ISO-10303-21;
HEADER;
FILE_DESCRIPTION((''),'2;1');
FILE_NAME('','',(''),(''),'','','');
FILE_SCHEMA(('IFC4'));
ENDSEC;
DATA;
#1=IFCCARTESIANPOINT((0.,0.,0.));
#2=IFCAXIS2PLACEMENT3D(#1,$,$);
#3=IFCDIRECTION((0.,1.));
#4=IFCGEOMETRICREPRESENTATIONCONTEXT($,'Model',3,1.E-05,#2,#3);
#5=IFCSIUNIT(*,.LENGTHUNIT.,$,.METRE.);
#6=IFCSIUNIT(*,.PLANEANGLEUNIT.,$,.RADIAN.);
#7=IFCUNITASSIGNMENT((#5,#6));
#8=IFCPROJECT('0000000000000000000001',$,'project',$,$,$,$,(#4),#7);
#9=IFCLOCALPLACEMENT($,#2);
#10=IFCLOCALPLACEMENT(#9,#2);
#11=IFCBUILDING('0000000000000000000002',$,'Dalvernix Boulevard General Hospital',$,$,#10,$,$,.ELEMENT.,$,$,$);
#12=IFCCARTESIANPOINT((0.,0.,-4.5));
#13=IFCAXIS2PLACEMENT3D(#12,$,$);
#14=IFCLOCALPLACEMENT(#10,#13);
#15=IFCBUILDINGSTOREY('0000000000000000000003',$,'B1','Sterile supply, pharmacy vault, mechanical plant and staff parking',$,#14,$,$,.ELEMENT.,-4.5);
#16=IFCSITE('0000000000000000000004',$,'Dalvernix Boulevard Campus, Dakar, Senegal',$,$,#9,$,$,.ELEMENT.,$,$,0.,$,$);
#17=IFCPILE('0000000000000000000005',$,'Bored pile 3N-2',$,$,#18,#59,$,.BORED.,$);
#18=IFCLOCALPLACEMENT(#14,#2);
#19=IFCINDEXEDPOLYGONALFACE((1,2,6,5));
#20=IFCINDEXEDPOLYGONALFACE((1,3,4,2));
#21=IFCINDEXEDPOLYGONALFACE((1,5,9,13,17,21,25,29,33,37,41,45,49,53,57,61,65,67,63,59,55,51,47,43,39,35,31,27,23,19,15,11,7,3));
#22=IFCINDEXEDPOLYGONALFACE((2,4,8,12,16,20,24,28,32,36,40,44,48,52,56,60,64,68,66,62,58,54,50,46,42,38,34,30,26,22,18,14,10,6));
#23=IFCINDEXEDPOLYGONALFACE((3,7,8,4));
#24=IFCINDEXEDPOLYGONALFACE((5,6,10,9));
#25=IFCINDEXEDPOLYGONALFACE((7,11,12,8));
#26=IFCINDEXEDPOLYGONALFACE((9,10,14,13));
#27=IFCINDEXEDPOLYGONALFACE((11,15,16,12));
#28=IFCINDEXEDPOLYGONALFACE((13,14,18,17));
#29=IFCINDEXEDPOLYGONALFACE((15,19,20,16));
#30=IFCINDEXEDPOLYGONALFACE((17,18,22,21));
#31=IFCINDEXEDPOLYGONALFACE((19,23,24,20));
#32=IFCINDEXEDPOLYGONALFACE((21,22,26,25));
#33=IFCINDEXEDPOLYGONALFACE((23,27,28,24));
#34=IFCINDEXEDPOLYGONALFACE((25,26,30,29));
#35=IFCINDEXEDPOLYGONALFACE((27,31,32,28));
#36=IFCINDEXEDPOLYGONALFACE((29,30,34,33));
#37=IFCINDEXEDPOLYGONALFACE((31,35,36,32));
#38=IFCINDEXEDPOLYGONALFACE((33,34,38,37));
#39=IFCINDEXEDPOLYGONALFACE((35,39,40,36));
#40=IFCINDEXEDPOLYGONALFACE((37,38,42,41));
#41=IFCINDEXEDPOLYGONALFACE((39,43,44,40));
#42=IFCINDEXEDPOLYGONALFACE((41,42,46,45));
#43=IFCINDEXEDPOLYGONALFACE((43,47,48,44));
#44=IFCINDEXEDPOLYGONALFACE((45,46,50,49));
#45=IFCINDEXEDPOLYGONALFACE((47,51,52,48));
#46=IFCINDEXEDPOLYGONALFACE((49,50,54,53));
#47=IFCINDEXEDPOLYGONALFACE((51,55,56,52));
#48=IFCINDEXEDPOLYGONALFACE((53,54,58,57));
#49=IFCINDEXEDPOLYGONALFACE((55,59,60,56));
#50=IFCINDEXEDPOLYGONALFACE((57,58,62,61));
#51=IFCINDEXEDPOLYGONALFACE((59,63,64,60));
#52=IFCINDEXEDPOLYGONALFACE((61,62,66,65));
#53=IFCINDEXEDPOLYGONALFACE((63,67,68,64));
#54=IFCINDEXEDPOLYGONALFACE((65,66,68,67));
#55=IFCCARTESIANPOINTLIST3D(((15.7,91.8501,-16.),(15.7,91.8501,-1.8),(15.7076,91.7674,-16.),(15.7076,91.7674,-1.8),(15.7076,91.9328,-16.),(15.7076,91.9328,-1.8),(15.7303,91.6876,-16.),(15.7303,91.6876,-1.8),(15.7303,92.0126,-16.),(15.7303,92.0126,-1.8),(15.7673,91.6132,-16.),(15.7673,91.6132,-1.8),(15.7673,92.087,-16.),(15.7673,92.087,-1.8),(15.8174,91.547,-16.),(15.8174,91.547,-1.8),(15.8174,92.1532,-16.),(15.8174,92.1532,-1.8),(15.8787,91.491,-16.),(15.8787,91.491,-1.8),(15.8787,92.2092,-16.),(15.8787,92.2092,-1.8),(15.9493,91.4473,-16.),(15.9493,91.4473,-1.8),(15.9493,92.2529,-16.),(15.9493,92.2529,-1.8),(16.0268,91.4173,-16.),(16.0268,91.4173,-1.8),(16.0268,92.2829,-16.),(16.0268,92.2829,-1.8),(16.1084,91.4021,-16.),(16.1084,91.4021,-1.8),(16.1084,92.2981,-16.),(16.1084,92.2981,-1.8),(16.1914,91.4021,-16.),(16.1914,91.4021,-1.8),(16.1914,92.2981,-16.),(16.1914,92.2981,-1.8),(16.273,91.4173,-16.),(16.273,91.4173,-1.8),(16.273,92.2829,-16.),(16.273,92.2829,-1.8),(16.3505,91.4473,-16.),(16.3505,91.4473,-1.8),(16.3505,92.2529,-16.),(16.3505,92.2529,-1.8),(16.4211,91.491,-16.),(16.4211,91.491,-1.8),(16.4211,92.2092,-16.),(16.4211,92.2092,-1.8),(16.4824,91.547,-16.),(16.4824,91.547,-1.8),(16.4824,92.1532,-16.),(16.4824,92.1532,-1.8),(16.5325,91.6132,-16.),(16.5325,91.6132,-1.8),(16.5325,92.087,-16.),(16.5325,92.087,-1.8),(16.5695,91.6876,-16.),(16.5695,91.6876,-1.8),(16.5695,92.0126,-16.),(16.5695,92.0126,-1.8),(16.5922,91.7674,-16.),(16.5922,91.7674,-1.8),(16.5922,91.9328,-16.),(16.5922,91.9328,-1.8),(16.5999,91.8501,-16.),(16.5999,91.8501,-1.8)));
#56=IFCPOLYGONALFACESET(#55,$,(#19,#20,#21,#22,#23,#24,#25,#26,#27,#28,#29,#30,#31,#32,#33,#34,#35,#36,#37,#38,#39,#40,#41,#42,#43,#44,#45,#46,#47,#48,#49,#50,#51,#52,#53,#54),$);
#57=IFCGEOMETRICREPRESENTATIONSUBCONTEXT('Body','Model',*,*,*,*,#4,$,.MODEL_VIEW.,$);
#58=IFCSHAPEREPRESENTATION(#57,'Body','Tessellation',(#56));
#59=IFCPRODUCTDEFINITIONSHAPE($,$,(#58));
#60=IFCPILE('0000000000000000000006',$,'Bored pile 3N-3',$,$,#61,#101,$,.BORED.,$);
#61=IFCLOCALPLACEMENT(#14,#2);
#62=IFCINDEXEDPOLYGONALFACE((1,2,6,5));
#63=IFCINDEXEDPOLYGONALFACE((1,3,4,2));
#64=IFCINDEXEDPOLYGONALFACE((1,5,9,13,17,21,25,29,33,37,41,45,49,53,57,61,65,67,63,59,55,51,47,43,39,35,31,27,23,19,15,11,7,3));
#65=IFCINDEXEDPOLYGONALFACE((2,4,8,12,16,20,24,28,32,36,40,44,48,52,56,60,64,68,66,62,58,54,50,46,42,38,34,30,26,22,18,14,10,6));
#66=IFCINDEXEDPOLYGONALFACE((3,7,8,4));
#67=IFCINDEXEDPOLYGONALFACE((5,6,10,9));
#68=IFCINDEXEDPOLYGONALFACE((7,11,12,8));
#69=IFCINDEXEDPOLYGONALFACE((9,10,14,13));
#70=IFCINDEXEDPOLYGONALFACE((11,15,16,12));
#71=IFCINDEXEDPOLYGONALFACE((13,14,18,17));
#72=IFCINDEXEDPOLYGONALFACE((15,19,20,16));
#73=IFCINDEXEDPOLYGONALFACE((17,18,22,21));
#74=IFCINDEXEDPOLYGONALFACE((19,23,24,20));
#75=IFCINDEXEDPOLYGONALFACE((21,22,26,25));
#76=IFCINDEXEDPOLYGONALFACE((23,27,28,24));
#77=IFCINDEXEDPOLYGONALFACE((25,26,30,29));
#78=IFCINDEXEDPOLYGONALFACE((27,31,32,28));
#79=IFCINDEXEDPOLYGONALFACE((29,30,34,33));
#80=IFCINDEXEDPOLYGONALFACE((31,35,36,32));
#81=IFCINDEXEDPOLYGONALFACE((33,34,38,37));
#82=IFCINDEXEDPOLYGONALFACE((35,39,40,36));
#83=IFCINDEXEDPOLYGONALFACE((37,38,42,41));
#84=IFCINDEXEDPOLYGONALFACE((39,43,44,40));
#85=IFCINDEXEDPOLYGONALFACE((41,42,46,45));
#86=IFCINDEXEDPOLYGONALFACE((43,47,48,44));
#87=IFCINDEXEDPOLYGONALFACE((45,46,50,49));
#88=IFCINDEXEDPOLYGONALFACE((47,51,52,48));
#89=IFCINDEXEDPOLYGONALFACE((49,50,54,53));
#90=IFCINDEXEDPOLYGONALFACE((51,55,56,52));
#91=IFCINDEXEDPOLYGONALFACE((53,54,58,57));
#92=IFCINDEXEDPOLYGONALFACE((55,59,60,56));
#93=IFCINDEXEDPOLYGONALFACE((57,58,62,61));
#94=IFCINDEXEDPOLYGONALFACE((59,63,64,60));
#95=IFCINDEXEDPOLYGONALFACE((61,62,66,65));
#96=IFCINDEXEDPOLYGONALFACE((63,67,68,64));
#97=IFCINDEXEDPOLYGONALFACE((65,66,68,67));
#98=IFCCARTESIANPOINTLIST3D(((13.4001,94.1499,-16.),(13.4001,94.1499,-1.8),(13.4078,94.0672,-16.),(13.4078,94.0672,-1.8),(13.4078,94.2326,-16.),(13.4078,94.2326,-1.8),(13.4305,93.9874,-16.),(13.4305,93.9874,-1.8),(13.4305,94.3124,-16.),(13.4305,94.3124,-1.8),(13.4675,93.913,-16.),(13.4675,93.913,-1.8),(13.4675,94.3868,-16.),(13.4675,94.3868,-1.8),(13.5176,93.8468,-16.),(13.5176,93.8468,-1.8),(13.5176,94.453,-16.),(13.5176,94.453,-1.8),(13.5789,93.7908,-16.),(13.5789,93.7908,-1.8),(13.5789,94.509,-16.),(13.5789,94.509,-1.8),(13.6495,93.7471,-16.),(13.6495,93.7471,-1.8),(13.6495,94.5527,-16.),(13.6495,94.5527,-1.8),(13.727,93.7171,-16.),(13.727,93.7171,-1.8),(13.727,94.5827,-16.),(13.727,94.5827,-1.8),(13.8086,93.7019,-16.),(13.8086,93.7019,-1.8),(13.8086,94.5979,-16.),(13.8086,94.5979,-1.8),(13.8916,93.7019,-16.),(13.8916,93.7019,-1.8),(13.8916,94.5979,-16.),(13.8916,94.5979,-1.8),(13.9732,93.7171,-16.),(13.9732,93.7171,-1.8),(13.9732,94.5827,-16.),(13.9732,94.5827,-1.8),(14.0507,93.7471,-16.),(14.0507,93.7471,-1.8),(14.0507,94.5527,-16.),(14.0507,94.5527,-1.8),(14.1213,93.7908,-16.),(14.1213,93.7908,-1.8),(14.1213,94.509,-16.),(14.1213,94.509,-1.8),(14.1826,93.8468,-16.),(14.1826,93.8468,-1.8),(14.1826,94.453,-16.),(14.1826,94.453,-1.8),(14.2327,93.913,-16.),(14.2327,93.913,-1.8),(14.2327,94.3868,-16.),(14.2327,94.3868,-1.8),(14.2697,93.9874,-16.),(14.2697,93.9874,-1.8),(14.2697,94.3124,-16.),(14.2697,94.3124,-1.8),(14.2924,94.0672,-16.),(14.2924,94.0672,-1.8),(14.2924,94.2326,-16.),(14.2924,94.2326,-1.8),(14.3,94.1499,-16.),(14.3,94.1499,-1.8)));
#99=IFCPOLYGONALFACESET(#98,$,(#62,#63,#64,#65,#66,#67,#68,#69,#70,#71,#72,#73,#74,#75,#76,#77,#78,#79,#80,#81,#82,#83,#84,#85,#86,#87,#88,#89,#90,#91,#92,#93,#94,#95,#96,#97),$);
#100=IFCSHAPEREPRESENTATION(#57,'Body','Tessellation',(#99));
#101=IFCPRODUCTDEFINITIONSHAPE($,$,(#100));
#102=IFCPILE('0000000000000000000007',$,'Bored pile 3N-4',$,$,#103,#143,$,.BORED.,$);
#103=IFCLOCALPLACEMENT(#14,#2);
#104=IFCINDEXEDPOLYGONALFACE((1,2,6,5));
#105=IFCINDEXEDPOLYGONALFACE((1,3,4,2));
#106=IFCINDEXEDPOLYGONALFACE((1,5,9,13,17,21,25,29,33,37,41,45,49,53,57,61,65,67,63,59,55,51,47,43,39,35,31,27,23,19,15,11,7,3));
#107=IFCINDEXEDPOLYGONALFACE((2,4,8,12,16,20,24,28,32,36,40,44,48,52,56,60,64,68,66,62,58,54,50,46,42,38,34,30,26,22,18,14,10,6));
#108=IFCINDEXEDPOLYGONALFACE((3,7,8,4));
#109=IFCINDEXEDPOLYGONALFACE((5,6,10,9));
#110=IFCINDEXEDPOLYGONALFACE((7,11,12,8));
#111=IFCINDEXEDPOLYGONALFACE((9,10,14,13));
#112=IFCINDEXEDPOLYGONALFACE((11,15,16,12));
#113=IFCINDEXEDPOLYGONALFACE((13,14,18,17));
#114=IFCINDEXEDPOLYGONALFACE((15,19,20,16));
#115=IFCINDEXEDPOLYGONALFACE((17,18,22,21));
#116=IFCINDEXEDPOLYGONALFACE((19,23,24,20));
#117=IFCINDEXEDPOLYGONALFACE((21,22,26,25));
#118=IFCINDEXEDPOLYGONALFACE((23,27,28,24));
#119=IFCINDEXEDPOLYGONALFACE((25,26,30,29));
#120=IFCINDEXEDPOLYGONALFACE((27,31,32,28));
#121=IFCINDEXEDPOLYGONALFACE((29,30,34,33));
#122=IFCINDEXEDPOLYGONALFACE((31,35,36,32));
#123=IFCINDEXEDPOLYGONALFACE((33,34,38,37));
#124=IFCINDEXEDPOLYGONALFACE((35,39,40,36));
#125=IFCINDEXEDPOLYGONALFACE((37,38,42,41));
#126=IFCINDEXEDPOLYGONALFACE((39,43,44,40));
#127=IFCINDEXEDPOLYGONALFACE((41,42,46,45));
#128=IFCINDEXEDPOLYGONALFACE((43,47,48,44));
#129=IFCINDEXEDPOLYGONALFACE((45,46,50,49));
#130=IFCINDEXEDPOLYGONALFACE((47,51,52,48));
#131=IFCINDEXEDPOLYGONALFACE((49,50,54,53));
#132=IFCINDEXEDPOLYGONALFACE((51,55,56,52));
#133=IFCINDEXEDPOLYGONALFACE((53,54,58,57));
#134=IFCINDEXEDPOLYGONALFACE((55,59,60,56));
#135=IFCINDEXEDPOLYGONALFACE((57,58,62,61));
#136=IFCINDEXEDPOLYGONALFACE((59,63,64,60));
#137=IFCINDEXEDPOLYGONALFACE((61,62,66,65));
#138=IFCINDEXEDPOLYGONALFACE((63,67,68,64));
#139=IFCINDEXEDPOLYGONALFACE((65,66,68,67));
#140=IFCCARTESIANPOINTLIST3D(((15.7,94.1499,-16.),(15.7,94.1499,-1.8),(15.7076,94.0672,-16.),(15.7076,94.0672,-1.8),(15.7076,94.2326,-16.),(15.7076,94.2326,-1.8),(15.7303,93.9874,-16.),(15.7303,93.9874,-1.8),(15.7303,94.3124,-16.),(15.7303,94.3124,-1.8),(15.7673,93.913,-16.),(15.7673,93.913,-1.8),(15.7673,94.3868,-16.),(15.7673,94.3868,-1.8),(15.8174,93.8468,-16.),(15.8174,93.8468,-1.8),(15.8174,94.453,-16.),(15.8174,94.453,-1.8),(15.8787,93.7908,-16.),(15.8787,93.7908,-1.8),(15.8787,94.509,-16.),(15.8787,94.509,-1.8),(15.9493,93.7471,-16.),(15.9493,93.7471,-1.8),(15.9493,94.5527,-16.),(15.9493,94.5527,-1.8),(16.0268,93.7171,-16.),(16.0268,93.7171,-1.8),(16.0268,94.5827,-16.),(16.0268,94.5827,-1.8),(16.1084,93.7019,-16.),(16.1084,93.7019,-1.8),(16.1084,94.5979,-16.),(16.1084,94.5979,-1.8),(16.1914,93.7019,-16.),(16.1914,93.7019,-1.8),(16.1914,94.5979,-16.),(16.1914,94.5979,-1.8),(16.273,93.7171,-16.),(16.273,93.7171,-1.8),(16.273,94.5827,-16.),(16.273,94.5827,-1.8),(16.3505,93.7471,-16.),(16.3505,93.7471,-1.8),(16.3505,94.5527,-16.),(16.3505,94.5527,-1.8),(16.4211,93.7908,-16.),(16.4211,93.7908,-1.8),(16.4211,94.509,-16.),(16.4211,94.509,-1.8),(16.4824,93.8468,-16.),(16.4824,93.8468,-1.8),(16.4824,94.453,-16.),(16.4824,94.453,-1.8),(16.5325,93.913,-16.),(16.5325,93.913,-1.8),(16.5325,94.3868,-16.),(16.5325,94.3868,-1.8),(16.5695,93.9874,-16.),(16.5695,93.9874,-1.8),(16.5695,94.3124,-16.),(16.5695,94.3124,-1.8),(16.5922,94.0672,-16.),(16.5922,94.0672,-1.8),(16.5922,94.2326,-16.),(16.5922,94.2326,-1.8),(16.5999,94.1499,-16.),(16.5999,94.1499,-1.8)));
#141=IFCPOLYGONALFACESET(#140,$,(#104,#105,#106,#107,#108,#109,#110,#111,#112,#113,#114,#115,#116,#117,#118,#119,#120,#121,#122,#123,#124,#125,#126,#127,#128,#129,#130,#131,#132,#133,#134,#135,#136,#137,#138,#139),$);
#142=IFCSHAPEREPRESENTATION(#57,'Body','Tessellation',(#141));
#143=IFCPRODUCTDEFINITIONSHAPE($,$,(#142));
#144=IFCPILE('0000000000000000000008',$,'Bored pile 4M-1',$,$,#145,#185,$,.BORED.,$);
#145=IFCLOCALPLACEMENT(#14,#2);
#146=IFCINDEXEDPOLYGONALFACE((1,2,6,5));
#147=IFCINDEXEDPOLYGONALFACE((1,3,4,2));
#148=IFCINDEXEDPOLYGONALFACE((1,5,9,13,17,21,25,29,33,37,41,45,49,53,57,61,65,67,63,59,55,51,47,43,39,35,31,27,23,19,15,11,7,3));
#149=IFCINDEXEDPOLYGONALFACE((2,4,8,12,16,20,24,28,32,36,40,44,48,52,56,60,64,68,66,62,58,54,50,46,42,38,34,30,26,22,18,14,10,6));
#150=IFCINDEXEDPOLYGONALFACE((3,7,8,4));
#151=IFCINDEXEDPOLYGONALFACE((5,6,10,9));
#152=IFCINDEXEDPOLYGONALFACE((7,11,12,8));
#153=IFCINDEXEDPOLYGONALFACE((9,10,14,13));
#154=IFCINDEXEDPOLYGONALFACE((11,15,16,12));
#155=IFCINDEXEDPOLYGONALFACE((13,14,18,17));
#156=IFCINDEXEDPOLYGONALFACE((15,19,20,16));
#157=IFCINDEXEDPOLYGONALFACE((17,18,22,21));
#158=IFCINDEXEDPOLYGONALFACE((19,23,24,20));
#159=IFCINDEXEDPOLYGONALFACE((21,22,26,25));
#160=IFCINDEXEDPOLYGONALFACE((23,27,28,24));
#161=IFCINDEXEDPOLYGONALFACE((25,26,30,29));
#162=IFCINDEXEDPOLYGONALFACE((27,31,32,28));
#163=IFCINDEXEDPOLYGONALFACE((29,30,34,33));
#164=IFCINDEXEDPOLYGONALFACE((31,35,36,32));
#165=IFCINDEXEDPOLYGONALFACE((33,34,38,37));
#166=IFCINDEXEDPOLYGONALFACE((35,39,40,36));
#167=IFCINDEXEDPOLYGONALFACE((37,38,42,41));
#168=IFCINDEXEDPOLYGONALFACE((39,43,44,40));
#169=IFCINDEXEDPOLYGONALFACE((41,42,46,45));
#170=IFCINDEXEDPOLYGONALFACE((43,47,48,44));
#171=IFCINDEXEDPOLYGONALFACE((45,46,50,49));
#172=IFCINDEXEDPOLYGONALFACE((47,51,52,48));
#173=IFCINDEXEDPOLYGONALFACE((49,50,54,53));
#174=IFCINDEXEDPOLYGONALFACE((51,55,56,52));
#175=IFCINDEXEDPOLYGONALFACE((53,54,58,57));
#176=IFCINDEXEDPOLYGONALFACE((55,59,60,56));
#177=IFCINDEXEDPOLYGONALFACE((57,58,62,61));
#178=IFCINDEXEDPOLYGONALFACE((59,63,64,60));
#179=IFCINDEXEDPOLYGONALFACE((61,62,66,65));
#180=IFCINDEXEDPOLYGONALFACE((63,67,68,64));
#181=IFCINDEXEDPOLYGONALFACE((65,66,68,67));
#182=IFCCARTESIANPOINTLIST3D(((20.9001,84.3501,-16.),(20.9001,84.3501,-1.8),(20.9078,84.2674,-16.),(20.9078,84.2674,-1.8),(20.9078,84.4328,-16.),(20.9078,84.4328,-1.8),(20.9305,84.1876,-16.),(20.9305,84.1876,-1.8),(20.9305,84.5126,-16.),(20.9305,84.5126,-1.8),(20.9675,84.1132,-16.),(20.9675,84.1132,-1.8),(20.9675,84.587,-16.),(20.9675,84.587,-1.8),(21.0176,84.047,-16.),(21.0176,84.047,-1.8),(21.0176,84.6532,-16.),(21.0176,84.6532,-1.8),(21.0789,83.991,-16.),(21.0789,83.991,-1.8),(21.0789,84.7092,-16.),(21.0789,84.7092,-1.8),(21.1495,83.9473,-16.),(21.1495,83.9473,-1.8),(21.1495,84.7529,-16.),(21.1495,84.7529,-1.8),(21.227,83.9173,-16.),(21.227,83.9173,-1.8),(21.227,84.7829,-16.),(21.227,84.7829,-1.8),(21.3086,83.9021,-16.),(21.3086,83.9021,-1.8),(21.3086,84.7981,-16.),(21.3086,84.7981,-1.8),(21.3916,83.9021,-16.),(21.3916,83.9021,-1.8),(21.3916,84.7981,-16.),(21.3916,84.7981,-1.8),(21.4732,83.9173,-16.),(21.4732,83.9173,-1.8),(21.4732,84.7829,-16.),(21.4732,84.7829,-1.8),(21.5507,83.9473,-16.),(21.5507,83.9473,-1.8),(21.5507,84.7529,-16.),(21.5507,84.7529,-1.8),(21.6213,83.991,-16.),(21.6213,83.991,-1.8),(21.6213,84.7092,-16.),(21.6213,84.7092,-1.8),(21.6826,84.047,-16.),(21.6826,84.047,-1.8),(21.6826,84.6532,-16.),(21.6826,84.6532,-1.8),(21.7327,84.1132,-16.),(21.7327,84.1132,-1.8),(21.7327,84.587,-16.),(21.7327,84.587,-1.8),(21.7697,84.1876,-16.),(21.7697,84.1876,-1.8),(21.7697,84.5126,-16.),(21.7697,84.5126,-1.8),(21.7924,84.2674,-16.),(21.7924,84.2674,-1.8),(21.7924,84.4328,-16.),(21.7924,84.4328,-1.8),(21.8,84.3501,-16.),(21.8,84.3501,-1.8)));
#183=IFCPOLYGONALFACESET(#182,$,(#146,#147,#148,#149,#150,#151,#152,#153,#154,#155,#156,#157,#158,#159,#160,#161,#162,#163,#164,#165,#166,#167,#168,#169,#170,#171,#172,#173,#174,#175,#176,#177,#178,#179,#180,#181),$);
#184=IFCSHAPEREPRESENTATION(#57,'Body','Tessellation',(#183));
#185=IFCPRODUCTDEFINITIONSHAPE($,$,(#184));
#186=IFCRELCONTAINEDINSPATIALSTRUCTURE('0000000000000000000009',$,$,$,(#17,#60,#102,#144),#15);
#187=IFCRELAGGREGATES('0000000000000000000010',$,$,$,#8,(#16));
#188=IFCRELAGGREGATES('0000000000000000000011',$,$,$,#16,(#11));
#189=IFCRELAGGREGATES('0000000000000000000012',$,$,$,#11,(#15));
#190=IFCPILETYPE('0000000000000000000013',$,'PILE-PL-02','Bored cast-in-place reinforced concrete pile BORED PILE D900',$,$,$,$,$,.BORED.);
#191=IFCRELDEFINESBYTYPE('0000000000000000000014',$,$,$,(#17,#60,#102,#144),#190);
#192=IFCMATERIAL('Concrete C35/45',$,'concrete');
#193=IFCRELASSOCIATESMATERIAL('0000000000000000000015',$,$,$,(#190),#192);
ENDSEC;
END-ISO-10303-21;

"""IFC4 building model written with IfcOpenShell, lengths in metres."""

from ifc_helpers import new_model, si_unit, direction, frame, origin, origin_2d, place, context, subcontext, project, spatial, circle, extrude, material, material_profile, profile_set, type_object, element, save


model = new_model("IFC4")

# Units and contexts
model_context = context("Model", 3, precision=1e-05, world=origin(), true_north=direction((0.0, 1.0)))
body_context = subcontext(model_context, "Body", "Model", "MODEL_VIEW")
ifc_project = project(units=[si_unit("LENGTHUNIT", "METRE"), si_unit("PLANEANGLEUNIT", "RADIAN")], contexts=[model_context])

# Site, building, storey
site_placement = place(None, origin())
site = spatial("IfcSite", under=ifc_project, at=site_placement, Name="Dalvernix Boulevard Campus, Dakar, Senegal", CompositionType="ELEMENT", RefElevation=0.0)
building_placement = place(site_placement, origin())
building = spatial("IfcBuilding", under=site, at=building_placement, Name="Dalvernix Boulevard General Hospital", CompositionType="ELEMENT")
storey_placement = place(building_placement, frame((0.0, 0.0, -4.5)))
storey = spatial("IfcBuildingStorey", under=building, at=storey_placement, Name="B1", Description="Sterile supply, pharmacy vault, mechanical plant and staff parking", CompositionType="ELEMENT", Elevation=-4.5)

# Shared definitions
ifc_material_1 = material(Name="Concrete C35/45", Category="concrete")

# Piles
ifc_material_profile_1 = material_profile(ifc_material_1, circle(Radius=0.45, at=origin_2d()), Name="BORED PILE D900")
ifc_profile_set_1 = profile_set([ifc_material_profile_1], Name="Concrete C35/45")
pile_type_1 = type_object("IfcPileType", Name="PILE-PL-02", Description="Bored cast-in-place reinforced concrete pile BORED PILE D900", PredefinedType="BORED", material=ifc_profile_set_1)
for number, where, z_axis, x_axis, name in (
    (1, (16.1499, 91.8501, -1.8), (0.0, 0.0, -1.0), (1.0, 0.0, 0.0), "Bored pile 3N-2"),
    (2, (13.8501, 94.1499, -1.8), (0.0, 0.0, -1.0), (1.0, 0.0, 0.0), "Bored pile 3N-3"),
    (3, (16.1499, 94.1499, -1.8), (0.0, 0.0, -1.0), (1.0, 0.0, 0.0), "Bored pile 3N-4"),
    (4, (21.3501, 84.3501, -1.8), (0.0, 0.0, -1.0), (1.0, 0.0, 0.0), "Bored pile 4M-1"),
):
    element("IfcPile", number, at=place(storey_placement, frame(where, z_axis=z_axis, x_axis=x_axis)), inside=storey, type_object=pile_type_1, Name=name, PredefinedType="BORED", context=body_context, shape_type="SweptSolid", body=[
        extrude(circle(Radius=0.45, at=origin_2d()), origin(), (0.0, 0.0, 1.0), 14.2),
    ])

save(model, "model.ifc")
